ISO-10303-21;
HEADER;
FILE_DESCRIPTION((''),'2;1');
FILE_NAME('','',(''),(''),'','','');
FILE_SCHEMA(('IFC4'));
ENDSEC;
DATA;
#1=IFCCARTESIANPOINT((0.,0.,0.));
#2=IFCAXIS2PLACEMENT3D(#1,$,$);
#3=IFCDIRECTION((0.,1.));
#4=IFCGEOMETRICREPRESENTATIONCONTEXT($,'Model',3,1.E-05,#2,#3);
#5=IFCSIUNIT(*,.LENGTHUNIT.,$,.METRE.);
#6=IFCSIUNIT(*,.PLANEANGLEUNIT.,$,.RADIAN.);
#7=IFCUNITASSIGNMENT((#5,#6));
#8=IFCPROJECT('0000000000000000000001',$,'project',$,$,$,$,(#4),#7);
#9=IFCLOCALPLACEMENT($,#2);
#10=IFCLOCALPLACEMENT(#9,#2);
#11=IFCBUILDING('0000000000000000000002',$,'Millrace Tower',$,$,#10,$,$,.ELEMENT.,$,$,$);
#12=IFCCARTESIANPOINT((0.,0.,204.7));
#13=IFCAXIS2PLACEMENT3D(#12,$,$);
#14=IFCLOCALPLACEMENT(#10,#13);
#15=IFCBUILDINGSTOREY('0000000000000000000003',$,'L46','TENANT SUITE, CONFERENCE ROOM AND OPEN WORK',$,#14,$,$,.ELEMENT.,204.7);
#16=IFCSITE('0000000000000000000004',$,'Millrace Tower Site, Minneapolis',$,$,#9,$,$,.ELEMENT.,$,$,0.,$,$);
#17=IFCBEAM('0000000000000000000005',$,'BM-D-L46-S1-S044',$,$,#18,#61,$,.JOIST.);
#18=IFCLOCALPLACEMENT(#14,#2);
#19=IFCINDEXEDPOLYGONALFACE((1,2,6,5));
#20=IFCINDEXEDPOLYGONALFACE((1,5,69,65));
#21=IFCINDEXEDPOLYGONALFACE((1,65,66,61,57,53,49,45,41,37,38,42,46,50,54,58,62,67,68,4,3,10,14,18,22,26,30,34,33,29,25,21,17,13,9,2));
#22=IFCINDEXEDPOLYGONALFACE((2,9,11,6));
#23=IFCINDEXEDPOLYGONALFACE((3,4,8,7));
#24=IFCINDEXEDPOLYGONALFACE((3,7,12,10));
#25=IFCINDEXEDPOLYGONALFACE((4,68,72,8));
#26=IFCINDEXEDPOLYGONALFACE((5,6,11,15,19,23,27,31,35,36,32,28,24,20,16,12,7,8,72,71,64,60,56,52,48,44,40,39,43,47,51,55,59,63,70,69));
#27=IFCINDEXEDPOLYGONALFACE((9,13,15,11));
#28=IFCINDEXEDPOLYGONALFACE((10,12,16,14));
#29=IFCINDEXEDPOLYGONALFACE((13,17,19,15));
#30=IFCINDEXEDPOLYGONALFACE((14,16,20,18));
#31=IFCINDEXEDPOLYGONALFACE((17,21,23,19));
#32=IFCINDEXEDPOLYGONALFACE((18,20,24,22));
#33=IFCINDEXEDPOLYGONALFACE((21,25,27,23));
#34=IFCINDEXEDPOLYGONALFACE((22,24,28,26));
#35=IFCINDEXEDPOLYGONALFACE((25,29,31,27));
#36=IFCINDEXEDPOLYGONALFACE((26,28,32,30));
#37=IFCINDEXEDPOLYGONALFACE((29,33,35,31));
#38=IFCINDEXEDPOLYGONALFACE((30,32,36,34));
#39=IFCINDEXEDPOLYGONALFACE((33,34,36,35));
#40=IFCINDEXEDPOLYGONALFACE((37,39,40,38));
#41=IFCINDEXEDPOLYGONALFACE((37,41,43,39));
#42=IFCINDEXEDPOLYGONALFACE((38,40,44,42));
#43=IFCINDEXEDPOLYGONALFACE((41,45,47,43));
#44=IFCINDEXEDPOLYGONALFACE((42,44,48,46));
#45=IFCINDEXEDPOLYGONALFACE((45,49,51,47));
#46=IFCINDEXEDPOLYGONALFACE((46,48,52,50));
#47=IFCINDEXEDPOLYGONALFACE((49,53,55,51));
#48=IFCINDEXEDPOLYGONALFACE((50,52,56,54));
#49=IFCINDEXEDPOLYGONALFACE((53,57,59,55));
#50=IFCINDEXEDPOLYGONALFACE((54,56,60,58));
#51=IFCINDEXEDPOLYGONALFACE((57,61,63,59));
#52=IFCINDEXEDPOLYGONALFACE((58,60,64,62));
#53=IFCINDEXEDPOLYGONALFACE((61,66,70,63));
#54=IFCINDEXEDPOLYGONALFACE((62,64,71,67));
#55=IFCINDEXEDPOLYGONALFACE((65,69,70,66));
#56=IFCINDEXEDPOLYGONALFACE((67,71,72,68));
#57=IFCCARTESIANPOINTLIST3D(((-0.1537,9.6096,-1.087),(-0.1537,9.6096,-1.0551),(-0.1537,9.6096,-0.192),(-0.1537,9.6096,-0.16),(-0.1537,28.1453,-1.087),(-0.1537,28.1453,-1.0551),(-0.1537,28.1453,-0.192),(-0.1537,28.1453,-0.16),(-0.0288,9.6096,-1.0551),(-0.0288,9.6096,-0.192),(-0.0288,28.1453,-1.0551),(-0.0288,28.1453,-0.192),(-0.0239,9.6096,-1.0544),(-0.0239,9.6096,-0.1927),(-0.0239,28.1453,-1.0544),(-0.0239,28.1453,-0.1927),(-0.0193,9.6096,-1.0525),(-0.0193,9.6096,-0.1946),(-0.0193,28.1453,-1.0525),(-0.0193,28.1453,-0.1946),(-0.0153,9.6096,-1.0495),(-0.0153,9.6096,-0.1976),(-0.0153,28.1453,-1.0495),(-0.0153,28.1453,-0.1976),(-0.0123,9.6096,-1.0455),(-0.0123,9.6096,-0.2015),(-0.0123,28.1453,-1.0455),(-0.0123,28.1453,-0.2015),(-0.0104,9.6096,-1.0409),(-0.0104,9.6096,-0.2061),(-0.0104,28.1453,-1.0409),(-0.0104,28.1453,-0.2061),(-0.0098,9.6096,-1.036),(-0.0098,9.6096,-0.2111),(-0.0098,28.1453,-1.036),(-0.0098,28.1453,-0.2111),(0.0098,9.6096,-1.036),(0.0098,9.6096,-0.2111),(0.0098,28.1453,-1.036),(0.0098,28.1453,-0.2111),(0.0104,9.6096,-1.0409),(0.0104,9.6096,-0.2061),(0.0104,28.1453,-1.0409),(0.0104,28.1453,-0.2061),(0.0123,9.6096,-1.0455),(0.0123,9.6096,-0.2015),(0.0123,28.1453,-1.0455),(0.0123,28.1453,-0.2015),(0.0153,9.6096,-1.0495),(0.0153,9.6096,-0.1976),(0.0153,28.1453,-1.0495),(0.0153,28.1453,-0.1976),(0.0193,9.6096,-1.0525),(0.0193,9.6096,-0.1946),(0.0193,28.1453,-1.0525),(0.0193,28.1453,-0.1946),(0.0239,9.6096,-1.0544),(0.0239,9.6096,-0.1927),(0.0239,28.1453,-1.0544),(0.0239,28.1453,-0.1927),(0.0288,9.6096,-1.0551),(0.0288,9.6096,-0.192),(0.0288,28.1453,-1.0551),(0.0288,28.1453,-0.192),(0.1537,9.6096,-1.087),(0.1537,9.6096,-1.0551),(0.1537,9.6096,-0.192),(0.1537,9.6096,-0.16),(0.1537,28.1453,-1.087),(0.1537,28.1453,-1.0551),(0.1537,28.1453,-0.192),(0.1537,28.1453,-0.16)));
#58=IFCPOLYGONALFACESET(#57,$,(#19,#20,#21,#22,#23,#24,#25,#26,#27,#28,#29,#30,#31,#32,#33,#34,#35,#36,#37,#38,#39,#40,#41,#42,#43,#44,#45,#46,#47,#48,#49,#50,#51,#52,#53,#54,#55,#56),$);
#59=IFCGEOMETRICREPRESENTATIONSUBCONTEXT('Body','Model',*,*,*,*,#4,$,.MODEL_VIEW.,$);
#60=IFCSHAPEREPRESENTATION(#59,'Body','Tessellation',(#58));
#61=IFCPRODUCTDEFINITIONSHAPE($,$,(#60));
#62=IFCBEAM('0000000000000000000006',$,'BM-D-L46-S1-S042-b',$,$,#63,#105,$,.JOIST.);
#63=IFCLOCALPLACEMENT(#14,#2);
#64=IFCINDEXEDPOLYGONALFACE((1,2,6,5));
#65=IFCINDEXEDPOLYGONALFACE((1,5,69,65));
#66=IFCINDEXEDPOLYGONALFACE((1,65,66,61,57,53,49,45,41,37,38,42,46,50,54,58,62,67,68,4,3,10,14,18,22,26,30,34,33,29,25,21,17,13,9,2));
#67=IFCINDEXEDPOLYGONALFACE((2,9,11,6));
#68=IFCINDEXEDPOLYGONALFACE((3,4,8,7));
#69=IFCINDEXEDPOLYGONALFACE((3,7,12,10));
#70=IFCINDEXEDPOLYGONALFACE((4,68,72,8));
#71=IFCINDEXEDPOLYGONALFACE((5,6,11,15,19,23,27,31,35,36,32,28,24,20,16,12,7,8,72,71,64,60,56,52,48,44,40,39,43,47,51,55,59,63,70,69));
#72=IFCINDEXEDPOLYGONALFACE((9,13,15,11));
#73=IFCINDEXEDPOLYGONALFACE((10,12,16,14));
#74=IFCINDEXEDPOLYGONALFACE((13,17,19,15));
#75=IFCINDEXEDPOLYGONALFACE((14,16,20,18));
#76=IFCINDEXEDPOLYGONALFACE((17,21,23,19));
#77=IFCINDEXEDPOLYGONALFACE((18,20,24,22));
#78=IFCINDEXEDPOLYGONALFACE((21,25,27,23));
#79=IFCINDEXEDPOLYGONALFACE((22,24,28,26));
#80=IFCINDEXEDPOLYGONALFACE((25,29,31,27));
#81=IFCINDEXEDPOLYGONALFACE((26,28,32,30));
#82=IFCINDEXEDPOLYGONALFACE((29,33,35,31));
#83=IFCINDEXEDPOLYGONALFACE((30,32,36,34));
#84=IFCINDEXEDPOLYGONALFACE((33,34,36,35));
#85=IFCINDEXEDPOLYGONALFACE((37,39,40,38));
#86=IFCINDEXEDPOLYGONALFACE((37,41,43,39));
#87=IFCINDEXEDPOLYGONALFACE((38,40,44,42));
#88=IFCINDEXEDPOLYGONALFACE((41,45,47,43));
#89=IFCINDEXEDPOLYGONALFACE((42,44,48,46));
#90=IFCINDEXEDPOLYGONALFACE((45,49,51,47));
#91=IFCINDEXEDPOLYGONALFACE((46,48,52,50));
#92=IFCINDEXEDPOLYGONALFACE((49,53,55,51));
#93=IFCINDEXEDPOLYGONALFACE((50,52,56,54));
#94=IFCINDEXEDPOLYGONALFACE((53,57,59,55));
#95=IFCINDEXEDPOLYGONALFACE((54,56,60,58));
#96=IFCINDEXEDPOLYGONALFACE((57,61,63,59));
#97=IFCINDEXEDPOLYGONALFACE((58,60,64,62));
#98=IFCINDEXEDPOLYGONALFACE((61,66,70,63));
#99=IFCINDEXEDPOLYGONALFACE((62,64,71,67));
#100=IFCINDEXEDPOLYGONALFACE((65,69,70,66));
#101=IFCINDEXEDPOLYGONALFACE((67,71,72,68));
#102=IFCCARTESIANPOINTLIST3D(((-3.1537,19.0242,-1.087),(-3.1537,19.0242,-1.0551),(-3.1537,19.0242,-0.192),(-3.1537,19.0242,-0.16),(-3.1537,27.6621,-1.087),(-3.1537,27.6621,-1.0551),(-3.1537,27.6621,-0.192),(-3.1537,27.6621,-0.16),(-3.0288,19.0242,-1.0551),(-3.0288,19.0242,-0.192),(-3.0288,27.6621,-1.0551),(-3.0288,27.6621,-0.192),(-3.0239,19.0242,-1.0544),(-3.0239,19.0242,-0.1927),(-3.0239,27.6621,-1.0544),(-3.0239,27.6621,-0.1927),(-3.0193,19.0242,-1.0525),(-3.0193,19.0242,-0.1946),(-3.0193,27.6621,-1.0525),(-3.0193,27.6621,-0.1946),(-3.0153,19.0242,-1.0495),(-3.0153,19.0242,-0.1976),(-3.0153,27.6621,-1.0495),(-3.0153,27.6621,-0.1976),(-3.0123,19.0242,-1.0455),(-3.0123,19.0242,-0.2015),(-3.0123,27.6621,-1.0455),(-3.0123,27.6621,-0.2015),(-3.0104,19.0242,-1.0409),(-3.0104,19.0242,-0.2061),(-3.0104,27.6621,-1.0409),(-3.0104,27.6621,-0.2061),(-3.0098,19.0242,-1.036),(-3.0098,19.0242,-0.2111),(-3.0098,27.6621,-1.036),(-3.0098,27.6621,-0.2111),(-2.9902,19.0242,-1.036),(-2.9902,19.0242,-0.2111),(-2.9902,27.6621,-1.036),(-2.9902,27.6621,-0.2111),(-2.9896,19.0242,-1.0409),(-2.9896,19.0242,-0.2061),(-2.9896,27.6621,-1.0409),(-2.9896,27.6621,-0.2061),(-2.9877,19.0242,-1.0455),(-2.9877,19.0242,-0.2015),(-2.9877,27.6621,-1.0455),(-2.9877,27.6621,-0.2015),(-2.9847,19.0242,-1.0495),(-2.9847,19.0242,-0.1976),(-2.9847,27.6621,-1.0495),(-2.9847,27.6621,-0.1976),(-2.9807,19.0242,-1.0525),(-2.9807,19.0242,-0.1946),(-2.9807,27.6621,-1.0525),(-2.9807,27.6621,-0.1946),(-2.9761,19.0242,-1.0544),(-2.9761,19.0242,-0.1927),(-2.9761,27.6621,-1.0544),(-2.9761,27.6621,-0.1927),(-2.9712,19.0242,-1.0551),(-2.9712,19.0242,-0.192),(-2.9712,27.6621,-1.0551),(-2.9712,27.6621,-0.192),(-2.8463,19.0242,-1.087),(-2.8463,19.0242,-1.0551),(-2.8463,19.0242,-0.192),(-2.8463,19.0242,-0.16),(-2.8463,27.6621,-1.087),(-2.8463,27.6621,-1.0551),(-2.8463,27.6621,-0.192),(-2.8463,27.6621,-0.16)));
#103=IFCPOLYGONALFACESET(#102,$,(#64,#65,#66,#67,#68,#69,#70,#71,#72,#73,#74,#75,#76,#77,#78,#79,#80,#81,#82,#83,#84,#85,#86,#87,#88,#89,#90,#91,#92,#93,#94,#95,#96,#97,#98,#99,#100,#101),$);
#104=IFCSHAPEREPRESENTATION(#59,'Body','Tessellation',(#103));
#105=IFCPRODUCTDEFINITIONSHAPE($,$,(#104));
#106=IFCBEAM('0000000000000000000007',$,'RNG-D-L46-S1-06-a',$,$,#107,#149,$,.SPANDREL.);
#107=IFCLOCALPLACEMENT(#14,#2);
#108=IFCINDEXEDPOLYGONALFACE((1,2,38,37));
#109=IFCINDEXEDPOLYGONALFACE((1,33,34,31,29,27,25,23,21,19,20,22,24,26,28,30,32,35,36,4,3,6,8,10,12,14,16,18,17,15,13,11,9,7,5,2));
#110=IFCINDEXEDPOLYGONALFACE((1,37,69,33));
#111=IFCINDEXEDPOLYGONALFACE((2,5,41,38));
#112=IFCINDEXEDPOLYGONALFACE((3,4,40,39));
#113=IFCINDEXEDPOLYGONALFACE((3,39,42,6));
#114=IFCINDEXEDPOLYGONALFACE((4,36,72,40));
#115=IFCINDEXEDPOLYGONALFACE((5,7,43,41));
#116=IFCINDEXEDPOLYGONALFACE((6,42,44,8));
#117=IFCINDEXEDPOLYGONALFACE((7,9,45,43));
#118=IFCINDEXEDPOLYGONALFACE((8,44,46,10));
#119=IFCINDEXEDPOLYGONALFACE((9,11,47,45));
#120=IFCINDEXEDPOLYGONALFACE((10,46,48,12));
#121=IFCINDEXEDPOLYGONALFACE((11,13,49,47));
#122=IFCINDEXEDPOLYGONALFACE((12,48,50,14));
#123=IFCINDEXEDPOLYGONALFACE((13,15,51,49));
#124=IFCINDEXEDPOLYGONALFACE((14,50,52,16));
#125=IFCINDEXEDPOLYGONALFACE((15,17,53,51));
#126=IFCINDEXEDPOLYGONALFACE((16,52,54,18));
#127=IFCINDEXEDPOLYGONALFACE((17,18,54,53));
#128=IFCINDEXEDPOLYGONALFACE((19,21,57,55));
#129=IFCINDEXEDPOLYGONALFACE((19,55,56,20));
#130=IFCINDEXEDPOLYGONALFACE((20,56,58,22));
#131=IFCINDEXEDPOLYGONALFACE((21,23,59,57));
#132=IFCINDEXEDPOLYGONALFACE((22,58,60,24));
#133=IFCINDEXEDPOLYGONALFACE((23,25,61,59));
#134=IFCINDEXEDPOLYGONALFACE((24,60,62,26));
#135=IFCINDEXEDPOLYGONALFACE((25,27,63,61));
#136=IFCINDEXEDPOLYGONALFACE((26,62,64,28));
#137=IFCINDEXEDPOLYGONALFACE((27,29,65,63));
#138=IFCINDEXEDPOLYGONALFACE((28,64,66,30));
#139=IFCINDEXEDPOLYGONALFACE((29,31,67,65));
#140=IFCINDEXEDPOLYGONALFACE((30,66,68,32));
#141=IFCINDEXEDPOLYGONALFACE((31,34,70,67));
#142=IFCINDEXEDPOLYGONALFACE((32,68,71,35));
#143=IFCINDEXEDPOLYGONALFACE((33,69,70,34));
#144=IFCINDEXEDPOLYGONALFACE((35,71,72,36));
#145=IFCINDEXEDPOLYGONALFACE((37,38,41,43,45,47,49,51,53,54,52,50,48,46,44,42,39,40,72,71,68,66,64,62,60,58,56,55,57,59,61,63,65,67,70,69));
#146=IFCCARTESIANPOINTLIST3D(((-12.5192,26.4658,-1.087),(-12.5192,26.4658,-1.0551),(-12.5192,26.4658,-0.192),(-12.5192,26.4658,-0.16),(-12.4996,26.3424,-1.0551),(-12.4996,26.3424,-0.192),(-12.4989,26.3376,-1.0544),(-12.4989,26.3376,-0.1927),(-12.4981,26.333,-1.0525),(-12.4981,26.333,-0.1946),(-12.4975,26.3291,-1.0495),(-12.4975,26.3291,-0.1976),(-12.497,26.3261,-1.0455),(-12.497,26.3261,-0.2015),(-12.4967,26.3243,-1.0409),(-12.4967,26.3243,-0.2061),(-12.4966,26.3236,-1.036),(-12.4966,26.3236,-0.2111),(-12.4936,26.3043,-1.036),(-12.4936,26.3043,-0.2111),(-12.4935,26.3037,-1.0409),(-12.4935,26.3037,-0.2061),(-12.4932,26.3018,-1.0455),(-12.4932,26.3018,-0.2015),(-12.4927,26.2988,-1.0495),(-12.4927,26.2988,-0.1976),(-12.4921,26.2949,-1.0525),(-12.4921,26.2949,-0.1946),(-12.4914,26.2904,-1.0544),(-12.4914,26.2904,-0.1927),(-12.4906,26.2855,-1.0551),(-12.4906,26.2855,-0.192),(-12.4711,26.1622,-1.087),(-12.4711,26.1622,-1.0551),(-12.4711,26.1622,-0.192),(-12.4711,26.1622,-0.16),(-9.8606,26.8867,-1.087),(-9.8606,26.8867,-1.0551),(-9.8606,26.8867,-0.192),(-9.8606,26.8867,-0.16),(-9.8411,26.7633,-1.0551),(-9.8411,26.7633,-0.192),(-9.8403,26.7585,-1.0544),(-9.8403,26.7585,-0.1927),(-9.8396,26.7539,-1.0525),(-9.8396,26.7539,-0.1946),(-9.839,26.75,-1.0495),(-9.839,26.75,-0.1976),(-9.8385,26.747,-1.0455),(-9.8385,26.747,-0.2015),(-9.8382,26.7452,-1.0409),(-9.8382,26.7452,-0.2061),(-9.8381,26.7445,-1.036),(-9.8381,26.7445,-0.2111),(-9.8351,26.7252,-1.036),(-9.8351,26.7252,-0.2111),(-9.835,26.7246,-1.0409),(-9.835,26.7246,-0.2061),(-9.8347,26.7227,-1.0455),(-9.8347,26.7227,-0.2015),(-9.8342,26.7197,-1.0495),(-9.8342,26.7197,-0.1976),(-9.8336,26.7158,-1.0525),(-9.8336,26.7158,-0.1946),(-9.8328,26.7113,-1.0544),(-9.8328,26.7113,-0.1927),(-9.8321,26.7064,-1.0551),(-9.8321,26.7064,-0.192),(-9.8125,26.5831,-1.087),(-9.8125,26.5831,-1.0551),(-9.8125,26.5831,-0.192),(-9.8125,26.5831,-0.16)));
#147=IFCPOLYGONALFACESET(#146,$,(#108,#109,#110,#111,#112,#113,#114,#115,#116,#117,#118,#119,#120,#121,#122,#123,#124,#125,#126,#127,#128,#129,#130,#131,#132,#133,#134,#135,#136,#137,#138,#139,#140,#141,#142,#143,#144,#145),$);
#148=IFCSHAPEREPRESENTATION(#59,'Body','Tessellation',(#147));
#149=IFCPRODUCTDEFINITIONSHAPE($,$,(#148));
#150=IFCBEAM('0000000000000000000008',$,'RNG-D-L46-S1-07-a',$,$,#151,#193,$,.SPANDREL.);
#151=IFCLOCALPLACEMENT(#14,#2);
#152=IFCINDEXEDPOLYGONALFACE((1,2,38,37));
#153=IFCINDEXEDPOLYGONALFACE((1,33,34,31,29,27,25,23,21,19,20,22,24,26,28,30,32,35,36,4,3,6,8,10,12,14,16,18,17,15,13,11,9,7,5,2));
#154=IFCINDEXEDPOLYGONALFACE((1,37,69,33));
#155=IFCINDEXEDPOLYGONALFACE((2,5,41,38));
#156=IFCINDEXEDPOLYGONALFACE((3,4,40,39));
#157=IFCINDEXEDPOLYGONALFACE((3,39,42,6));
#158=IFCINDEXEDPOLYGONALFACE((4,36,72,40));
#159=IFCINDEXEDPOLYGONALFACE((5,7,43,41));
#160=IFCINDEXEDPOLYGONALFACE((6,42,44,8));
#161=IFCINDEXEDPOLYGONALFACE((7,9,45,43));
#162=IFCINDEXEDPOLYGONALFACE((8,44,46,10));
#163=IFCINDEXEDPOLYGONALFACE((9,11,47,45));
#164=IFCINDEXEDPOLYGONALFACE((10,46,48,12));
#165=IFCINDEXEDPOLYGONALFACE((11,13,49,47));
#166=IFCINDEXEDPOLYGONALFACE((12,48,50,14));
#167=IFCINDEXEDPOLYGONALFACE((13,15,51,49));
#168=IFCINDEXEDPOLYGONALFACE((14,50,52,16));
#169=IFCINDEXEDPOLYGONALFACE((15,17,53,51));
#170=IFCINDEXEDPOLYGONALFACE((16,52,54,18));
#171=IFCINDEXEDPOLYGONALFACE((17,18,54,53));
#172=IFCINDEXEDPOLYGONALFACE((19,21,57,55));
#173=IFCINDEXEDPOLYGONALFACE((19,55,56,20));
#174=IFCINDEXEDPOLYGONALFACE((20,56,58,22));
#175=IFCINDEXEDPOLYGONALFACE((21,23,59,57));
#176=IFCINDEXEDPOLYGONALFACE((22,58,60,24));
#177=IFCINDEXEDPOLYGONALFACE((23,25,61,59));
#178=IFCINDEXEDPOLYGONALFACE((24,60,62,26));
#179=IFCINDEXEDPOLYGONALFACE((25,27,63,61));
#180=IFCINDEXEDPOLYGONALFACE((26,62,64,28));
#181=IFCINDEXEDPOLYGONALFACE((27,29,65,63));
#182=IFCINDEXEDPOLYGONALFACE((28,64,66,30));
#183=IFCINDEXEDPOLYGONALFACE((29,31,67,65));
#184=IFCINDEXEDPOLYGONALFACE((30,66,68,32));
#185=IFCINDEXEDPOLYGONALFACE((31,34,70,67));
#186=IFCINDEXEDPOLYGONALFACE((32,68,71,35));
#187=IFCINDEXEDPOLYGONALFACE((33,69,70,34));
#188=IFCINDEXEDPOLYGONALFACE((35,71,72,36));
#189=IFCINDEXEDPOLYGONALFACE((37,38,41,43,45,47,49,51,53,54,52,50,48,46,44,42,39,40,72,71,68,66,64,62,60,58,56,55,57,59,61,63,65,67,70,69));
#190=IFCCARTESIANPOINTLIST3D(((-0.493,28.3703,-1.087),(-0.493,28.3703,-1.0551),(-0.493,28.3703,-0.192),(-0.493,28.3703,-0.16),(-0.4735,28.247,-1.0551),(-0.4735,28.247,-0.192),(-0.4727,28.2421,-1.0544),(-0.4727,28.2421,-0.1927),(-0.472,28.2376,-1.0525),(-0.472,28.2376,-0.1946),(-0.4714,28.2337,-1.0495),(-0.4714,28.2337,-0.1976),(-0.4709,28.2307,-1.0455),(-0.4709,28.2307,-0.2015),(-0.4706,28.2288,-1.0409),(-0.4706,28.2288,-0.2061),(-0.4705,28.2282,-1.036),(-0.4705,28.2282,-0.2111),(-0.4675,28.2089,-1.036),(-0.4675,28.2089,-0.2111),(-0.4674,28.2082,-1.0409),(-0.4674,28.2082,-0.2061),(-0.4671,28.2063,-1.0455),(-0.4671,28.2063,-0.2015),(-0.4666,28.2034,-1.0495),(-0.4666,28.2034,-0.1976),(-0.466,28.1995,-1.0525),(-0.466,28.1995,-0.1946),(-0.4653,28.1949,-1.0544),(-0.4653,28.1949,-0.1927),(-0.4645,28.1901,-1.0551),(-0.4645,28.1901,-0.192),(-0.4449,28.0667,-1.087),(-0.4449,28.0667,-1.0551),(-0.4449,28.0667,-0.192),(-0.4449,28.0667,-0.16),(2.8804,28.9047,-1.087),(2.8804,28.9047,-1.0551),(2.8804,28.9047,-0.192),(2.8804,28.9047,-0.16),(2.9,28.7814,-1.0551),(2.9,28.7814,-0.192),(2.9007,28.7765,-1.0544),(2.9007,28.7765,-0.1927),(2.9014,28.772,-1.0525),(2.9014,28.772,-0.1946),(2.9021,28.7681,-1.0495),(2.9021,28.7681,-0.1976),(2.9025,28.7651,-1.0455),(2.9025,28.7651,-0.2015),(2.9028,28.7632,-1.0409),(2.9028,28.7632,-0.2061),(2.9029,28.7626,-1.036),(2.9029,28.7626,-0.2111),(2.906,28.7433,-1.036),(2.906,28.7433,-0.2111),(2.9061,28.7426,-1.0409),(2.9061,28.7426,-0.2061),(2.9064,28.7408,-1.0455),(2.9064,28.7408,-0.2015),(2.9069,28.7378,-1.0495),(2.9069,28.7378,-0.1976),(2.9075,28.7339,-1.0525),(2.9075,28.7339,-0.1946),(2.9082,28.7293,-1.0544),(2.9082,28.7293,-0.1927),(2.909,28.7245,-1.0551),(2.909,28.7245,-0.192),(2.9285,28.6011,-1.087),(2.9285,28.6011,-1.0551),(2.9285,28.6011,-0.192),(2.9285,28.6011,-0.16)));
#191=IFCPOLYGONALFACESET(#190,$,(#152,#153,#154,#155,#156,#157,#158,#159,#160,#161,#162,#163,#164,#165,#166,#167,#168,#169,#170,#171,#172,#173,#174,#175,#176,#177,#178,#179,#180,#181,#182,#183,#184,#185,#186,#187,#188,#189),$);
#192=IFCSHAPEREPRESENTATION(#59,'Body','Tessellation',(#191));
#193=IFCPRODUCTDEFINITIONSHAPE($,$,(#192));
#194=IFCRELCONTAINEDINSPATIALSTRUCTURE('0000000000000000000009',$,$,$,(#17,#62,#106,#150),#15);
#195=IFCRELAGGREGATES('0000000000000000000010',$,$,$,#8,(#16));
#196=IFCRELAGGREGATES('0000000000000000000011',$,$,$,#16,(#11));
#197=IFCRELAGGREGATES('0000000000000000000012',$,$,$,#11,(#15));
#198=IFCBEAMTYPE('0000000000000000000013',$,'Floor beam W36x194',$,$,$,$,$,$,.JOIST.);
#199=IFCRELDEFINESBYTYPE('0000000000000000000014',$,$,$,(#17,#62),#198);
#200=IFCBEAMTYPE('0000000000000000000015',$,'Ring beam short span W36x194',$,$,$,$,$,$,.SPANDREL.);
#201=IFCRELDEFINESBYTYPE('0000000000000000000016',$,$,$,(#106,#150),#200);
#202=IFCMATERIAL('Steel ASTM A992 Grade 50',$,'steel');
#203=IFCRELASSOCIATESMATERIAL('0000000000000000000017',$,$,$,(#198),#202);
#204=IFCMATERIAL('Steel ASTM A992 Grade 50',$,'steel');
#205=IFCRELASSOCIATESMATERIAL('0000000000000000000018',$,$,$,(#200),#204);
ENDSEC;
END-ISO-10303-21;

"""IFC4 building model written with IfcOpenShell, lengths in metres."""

from ifc_helpers import new_model, si_unit, direction, frame, origin, origin_2d, place, context, subcontext, project, spatial, i_section, extrude, material, material_profile, profile_set, type_object, element, save


model = new_model("IFC4")

# Units and contexts
model_context = context("Model", 3, precision=1e-05, world=origin(), true_north=direction((0.0, 1.0)))
body_context = subcontext(model_context, "Body", "Model", "MODEL_VIEW")
ifc_project = project(units=[si_unit("LENGTHUNIT", "METRE"), si_unit("PLANEANGLEUNIT", "RADIAN")], contexts=[model_context])

# Site, building, storey
site_placement = place(None, origin())
site = spatial("IfcSite", under=ifc_project, at=site_placement, Name="Millrace Tower Site, Minneapolis", CompositionType="ELEMENT", RefElevation=0.0)
building_placement = place(site_placement, origin())
building = spatial("IfcBuilding", under=site, at=building_placement, Name="Millrace Tower", CompositionType="ELEMENT")
storey_placement = place(building_placement, frame((0.0, 0.0, 204.7)))
storey = spatial("IfcBuildingStorey", under=building, at=storey_placement, Name="L46", Description="TENANT SUITE, CONFERENCE ROOM AND OPEN WORK", CompositionType="ELEMENT", Elevation=204.7)

# Beams
ifc_material_1 = material(Name="Steel ASTM A992 Grade 50", Category="steel")
ifc_material_profile_1 = material_profile(ifc_material_1, i_section(OverallWidth=0.3074, OverallDepth=0.927, WebThickness=0.0195, FlangeThickness=0.032, FilletRadius=0.019, at=origin_2d()))
ifc_profile_set_1 = profile_set([ifc_material_profile_1], Name="Steel ASTM A992 Grade 50")
beam_type_1 = type_object("IfcBeamType", Name="Floor beam W36x194", PredefinedType="JOIST", material=ifc_profile_set_1)
beam_1_placement = place(storey_placement, frame((0.0, 9.6096, -0.6235), z_axis=(0.0, 1.0, 0.0), x_axis=(-1.0, 0.0, 0.0)))
element("IfcBeam", 1, at=beam_1_placement, inside=storey, type_object=beam_type_1, Name="BM-D-L46-S1-S044", PredefinedType="JOIST", context=body_context, shape_type="SweptSolid", body=[
    extrude(i_section(OverallWidth=0.3074, OverallDepth=0.927, WebThickness=0.0195, FlangeThickness=0.032, FilletRadius=0.019, at=origin_2d()), origin(), (0.0, 0.0, 1.0), 18.5356),
])
beam_2_placement = place(storey_placement, frame((-3.0, 19.0242, -0.6235), z_axis=(0.0, 1.0, 0.0), x_axis=(-1.0, 0.0, 0.0)))
element("IfcBeam", 2, at=beam_2_placement, inside=storey, type_object=beam_type_1, Name="BM-D-L46-S1-S042-b", PredefinedType="JOIST", context=body_context, shape_type="SweptSolid", body=[
    extrude(i_section(OverallWidth=0.3074, OverallDepth=0.927, WebThickness=0.0195, FlangeThickness=0.032, FilletRadius=0.019, at=origin_2d()), origin(), (0.0, 0.0, 1.0), 8.6379),
])
ifc_material_2 = material(Name="Steel ASTM A992 Grade 50", Category="steel")
ifc_material_profile_2 = material_profile(ifc_material_2, i_section(OverallWidth=0.3074, OverallDepth=0.927, WebThickness=0.0195, FlangeThickness=0.032, FilletRadius=0.019, at=origin_2d()))
ifc_profile_set_2 = profile_set([ifc_material_profile_2], Name="Steel ASTM A992 Grade 50")
beam_type_2 = type_object("IfcBeamType", Name="Ring beam short span W36x194", PredefinedType="SPANDREL", material=ifc_profile_set_2)
beam_3_placement = place(storey_placement, frame((-12.4951, 26.314, -0.6235), z_axis=(0.987697, 0.156377, 0.0), x_axis=(-0.156377, 0.987697, 0.0)))
element("IfcBeam", 3, at=beam_3_placement, inside=storey, type_object=beam_type_2, Name="RNG-D-L46-S1-06-a", PredefinedType="SPANDREL", context=body_context, shape_type="SweptSolid", body=[
    extrude(i_section(OverallWidth=0.3074, OverallDepth=0.927, WebThickness=0.0195, FlangeThickness=0.032, FilletRadius=0.019, at=origin_2d()), origin(), (0.0, 0.0, 1.0), 2.6917),
])
beam_4_placement = place(storey_placement, frame((-0.469, 28.2185, -0.6235), z_axis=(0.987683, 0.156465, 0.0), x_axis=(-0.156465, 0.987683, 0.0)))
element("IfcBeam", 4, at=beam_4_placement, inside=storey, type_object=beam_type_2, Name="RNG-D-L46-S1-07-a", PredefinedType="SPANDREL", context=body_context, shape_type="SweptSolid", body=[
    extrude(i_section(OverallWidth=0.3074, OverallDepth=0.927, WebThickness=0.0195, FlangeThickness=0.032, FilletRadius=0.019, at=origin_2d()), origin(), (0.0, 0.0, 1.0), 3.4155),
])

save(model, "model.ifc")
